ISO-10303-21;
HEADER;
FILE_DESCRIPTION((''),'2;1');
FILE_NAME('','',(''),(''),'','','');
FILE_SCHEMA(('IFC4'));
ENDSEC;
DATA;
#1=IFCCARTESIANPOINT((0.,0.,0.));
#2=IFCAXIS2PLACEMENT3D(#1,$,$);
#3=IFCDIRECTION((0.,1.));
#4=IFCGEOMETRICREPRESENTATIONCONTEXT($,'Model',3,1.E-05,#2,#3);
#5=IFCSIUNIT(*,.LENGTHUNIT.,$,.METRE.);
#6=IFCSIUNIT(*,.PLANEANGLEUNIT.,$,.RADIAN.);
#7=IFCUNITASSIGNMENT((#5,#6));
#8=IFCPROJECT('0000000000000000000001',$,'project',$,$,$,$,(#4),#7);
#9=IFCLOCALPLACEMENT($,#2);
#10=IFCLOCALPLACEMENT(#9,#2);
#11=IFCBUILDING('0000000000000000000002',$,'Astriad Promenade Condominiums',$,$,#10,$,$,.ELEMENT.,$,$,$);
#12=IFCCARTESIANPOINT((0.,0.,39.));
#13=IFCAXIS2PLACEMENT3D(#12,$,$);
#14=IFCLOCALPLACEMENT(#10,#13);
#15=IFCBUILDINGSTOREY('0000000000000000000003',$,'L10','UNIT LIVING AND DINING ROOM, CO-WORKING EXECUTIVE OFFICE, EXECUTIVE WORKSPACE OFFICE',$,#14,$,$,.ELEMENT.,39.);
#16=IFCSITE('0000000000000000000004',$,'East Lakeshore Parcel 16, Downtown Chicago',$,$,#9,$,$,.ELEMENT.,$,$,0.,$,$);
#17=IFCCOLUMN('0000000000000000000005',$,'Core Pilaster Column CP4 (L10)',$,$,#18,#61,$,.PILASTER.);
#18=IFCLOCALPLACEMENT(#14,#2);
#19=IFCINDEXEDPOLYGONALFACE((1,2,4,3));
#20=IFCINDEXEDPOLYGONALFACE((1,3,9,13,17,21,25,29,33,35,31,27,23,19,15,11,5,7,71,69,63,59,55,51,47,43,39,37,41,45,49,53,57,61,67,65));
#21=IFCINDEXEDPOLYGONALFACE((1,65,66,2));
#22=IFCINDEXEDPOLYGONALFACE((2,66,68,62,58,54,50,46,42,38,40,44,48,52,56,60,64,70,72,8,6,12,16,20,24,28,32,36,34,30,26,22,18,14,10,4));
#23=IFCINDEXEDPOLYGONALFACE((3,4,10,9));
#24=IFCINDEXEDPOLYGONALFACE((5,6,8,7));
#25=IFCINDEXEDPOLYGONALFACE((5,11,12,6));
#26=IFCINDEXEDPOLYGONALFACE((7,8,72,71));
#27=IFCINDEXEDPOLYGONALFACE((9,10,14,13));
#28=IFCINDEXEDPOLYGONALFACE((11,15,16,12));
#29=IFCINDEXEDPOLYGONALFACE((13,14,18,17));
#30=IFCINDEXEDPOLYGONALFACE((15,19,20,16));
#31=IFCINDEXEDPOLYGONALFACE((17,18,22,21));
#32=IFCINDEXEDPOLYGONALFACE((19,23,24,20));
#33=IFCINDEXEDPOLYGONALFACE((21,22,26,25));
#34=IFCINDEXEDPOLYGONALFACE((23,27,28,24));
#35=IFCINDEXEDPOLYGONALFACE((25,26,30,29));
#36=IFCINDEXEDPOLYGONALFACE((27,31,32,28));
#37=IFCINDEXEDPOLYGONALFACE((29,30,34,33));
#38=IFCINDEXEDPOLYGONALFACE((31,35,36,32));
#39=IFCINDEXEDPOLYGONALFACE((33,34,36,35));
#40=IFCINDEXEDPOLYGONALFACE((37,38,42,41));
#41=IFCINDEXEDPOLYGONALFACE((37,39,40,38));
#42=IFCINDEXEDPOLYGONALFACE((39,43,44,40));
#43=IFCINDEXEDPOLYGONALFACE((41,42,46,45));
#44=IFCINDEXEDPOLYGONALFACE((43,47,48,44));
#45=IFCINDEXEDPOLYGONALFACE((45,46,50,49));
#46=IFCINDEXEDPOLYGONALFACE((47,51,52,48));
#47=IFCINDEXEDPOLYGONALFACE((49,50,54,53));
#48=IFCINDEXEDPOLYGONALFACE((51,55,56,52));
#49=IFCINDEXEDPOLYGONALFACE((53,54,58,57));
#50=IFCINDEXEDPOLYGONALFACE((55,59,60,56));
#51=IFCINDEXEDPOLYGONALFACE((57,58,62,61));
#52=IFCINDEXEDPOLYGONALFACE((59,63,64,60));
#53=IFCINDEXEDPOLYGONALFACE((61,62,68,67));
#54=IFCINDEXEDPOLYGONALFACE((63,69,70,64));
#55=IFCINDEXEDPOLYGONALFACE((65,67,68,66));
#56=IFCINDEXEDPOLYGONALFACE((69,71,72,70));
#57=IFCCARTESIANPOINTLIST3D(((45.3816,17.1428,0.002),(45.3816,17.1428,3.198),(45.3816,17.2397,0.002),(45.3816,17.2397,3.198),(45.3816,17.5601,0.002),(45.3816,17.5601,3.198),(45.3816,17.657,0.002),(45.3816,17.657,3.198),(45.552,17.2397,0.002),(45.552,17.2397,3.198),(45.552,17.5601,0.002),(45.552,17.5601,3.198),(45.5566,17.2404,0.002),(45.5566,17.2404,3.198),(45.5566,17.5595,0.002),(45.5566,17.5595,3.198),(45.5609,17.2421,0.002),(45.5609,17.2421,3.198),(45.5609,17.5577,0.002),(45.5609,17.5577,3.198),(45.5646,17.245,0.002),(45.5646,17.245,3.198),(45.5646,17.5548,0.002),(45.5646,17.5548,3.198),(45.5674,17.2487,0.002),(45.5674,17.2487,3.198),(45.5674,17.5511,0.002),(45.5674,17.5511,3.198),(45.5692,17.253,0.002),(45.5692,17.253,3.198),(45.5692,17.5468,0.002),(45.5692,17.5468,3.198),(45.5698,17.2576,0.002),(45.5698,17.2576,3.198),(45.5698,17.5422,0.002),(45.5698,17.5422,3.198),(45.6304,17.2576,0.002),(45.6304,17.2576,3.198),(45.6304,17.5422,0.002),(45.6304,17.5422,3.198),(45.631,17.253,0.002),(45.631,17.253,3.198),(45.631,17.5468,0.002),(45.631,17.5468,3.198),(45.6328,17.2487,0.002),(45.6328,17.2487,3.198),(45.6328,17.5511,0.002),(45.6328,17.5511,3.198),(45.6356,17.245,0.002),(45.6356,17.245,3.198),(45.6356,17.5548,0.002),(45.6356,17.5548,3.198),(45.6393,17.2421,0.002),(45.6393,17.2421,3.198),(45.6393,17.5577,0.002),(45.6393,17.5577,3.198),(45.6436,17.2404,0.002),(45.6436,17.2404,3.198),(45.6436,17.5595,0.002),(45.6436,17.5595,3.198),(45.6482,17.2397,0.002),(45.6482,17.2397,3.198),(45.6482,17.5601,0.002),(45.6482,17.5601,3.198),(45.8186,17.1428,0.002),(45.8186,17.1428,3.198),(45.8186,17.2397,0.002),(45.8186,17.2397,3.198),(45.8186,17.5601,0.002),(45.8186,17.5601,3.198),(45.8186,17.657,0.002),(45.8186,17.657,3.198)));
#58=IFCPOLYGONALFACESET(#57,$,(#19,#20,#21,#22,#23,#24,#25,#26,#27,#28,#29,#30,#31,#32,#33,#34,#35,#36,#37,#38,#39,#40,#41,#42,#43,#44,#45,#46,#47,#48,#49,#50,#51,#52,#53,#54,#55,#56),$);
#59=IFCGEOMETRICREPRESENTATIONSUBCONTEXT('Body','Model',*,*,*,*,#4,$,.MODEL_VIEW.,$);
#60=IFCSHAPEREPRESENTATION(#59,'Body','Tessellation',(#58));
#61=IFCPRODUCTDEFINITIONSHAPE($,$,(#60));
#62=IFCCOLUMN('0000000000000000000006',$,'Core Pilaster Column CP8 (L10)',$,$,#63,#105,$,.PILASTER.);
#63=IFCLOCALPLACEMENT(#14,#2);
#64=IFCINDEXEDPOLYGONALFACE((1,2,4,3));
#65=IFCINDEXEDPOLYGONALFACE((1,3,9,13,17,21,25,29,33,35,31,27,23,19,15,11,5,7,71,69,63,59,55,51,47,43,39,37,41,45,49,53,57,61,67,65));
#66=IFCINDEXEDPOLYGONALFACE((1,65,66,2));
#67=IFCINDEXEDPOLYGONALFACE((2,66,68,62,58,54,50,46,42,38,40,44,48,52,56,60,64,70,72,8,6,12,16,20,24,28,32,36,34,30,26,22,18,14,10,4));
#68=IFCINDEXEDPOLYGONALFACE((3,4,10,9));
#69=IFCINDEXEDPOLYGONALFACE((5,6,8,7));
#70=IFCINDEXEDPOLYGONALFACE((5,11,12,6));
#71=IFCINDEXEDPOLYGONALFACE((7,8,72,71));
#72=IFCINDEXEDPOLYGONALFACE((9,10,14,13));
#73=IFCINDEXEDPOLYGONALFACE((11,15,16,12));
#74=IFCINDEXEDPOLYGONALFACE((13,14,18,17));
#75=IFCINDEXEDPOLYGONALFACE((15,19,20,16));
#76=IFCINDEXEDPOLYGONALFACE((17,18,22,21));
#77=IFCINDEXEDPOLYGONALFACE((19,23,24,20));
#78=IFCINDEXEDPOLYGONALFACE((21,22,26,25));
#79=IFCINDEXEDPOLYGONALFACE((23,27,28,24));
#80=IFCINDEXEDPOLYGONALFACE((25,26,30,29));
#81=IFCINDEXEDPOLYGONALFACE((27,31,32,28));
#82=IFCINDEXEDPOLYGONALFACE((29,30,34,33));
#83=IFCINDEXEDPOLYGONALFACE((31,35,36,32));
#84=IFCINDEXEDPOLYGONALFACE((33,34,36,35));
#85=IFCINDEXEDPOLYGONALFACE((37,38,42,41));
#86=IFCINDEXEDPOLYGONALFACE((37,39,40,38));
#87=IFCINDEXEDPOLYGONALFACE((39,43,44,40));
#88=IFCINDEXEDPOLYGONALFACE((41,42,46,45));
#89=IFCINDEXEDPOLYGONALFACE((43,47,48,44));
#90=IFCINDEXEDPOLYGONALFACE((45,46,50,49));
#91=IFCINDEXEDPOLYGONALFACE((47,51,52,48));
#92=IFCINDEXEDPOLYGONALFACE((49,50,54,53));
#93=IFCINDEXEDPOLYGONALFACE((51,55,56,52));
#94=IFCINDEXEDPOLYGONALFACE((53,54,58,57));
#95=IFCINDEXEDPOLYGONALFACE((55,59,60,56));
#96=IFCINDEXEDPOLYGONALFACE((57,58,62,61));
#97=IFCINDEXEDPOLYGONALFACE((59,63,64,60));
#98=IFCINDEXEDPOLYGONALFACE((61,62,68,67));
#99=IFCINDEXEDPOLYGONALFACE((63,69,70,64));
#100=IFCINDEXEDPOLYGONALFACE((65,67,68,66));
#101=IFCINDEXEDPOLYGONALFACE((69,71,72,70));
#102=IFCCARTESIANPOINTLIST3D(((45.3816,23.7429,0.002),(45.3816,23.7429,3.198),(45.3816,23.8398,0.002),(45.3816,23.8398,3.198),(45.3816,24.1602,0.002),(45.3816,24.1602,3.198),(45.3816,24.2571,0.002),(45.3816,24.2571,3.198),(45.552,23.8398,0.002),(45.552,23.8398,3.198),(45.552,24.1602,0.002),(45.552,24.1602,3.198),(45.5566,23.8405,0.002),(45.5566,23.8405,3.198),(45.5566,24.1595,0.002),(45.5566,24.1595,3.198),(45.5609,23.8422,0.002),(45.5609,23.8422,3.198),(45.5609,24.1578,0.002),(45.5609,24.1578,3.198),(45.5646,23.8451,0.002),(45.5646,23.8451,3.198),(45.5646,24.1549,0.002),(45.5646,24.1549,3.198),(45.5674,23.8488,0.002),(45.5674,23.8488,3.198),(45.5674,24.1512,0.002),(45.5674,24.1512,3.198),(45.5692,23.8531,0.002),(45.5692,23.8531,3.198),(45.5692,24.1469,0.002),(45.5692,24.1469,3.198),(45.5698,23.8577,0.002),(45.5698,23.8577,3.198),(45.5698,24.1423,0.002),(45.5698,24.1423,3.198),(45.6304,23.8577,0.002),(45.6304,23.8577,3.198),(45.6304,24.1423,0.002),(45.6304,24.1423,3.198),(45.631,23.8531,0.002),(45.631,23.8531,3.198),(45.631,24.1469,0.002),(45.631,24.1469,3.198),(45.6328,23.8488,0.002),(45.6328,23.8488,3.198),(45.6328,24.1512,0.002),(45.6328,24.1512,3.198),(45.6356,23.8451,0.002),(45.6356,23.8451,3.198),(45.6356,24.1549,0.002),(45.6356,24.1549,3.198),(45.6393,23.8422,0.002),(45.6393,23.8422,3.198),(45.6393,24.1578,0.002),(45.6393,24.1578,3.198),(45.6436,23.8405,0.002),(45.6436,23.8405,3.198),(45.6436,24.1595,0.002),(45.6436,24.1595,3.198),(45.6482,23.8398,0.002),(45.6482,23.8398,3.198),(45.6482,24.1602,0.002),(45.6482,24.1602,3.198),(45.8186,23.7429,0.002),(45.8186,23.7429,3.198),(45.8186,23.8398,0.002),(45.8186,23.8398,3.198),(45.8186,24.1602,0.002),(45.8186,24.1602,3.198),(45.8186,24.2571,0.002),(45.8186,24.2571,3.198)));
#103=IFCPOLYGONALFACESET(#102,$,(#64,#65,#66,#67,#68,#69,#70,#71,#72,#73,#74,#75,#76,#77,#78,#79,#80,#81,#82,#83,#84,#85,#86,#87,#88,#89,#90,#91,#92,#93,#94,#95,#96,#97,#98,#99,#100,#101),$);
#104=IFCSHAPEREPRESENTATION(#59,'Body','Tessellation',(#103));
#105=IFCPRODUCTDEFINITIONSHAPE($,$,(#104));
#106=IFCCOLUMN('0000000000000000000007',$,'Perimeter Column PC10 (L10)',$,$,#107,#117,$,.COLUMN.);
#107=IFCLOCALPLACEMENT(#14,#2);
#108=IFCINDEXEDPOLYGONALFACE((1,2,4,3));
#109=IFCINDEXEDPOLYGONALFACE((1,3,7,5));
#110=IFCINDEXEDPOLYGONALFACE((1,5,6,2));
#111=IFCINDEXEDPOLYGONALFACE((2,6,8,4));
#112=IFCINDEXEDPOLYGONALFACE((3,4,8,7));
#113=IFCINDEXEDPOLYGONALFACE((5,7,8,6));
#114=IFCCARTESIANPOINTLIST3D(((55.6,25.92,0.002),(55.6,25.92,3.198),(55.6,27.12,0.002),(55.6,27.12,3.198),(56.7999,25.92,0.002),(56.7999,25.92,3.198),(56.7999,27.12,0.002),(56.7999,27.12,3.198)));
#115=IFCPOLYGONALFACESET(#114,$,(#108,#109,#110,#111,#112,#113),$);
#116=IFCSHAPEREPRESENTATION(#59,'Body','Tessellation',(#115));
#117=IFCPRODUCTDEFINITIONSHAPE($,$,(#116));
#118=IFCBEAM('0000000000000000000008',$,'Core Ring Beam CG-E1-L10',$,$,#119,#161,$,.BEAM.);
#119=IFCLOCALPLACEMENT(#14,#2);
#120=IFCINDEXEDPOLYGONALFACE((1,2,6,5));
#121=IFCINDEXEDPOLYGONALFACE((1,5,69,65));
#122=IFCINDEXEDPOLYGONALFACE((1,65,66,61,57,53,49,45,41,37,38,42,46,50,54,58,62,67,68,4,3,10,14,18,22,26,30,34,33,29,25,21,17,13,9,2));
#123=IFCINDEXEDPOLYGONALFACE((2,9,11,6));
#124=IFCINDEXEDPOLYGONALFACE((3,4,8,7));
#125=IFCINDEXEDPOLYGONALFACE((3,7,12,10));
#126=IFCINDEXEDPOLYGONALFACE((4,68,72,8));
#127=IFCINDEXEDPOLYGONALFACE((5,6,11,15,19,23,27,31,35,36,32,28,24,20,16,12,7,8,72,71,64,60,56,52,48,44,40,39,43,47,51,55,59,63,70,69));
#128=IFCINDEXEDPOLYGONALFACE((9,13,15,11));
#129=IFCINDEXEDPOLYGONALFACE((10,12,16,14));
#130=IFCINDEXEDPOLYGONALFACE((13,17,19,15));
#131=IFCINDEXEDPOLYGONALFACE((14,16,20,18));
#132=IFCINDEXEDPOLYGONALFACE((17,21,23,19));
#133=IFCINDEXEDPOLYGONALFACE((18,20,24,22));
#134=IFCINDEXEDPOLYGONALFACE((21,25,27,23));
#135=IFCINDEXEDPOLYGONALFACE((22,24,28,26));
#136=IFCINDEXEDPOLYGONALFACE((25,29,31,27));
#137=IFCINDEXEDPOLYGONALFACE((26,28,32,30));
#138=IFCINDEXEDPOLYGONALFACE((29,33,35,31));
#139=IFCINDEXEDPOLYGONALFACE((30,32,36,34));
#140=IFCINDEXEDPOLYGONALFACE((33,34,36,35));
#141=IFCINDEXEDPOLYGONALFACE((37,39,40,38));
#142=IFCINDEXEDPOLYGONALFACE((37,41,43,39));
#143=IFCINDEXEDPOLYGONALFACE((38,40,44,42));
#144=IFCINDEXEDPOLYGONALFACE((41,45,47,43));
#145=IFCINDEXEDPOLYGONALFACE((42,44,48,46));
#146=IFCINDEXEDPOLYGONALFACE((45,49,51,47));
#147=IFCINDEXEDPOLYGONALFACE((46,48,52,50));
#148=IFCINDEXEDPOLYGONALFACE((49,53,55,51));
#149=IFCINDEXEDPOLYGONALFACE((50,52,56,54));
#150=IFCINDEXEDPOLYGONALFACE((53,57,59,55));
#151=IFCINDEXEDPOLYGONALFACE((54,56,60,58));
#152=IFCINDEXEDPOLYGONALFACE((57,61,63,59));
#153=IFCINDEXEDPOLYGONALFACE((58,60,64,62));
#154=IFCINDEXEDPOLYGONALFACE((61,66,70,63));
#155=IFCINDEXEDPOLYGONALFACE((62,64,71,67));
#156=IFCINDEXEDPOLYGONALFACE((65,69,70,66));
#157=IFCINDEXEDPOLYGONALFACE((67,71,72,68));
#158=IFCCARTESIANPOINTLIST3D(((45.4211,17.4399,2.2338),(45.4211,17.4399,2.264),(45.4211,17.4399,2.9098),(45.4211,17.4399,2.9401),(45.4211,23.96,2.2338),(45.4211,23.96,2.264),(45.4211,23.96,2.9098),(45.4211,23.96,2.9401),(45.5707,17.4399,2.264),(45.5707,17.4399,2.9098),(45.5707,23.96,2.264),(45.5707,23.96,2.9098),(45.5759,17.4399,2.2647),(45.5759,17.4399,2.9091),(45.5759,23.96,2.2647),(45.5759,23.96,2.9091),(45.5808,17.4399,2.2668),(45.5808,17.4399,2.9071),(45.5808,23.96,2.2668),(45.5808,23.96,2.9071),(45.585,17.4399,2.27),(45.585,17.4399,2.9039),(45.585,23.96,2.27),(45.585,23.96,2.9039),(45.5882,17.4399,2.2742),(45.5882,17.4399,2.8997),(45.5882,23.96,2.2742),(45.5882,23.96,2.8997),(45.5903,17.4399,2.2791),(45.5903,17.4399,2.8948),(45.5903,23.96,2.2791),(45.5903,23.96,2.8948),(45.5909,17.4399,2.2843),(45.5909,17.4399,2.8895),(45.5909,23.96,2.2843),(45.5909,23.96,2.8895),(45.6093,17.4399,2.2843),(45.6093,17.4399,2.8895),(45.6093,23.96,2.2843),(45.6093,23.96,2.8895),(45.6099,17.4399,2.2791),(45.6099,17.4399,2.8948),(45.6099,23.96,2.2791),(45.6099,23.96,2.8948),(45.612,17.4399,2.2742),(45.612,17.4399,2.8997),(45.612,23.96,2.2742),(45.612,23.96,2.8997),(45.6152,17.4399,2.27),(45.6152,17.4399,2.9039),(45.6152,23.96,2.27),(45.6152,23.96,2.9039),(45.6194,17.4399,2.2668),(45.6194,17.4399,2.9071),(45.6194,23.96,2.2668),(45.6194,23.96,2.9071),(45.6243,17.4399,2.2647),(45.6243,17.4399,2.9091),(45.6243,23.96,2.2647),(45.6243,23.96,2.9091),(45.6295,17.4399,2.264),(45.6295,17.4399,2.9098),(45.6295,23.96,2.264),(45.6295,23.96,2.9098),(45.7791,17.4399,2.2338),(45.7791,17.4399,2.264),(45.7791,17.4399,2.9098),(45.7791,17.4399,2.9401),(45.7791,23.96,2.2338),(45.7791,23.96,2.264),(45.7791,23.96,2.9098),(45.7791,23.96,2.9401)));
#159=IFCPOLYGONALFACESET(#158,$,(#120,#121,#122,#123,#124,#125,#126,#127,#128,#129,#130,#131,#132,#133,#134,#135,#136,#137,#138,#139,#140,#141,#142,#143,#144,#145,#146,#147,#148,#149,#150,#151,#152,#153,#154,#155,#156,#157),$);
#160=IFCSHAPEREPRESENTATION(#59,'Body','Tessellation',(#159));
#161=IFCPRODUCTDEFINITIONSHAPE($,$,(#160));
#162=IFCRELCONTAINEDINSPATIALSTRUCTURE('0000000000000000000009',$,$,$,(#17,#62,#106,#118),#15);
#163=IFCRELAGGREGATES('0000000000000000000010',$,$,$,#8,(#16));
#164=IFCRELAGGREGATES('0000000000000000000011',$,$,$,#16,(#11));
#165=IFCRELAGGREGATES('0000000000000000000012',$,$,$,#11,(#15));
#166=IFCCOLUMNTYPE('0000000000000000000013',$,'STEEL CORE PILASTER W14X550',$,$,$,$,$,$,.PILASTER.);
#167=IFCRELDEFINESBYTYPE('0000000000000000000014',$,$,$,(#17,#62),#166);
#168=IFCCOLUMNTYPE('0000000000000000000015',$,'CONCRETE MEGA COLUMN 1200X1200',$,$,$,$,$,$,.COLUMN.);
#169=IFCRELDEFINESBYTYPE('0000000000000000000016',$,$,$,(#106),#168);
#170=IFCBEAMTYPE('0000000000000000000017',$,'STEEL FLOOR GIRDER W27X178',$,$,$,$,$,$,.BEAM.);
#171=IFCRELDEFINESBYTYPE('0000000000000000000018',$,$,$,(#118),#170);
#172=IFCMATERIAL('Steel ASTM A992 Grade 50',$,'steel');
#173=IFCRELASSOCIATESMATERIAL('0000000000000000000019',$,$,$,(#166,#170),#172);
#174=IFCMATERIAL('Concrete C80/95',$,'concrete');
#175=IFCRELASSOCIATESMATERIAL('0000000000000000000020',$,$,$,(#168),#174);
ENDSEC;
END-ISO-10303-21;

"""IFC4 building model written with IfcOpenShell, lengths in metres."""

from ifc_helpers import new_model, si_unit, direction, frame, origin, origin_2d, place, context, subcontext, project, spatial, rectangle, i_section, extrude, source, transform, mapped, material, material_profile, profile_set, type_object, type_shapes, element, save


model = new_model("IFC4")

# Units and contexts
model_context = context("Model", 3, precision=1e-05, world=origin(), true_north=direction((0.0, 1.0)))
body_context = subcontext(model_context, "Body", "Model", "MODEL_VIEW")
ifc_project = project(units=[si_unit("LENGTHUNIT", "METRE"), si_unit("PLANEANGLEUNIT", "RADIAN")], contexts=[model_context])

# Site, building, storey
site_placement = place(None, origin())
site = spatial("IfcSite", under=ifc_project, at=site_placement, Name="East Lakeshore Parcel 16, Downtown Chicago", CompositionType="ELEMENT", RefElevation=0.0)
building_placement = place(site_placement, origin())
building = spatial("IfcBuilding", under=site, at=building_placement, Name="Astriad Promenade Condominiums", CompositionType="ELEMENT")
storey_placement = place(building_placement, frame((0.0, 0.0, 39.0)))
storey = spatial("IfcBuildingStorey", under=building, at=storey_placement, Name="L10", Description="UNIT LIVING AND DINING ROOM, CO-WORKING EXECUTIVE OFFICE, EXECUTIVE WORKSPACE OFFICE", CompositionType="ELEMENT", Elevation=39.0)

# Columns
ifc_material_1 = material(Name="Steel ASTM A992 Grade 50", Category="steel")
ifc_material_profile_1 = material_profile(ifc_material_1, i_section(OverallWidth=0.437, OverallDepth=0.5142, WebThickness=0.0605, FlangeThickness=0.0969, FilletRadius=0.0178, at=origin_2d()), Name="W14X550")
ifc_profile_set_1 = profile_set([ifc_material_profile_1], Name="Steel ASTM A992 Grade 50")
column_type_1 = type_object("IfcColumnType", Name="STEEL CORE PILASTER W14X550", PredefinedType="PILASTER", material=ifc_profile_set_1)
shared_shape_1 = source(origin(), body_context, "Body", "SweptSolid", [
    extrude(i_section(OverallWidth=0.437, OverallDepth=0.5142, WebThickness=0.0605, FlangeThickness=0.0969, FilletRadius=0.0178, at=origin_2d()), origin(), (0.0, 0.0, 1.0), 3.196),
])
type_shapes(column_type_1, [shared_shape_1])
for number, where, z_axis, x_axis, name in (
    (1, (45.6001, 17.3999, 0.002), (0.0, 0.0, 1.0), (1.0, 0.0, 0.0), "Core Pilaster Column CP4 (L10)"),
    (2, (45.6001, 24.0, 0.002), (0.0, 0.0, 1.0), (1.0, 0.0, 0.0), "Core Pilaster Column CP8 (L10)"),
):
    element("IfcColumn", number, at=place(storey_placement, frame(where, z_axis=z_axis, x_axis=x_axis)), inside=storey, type_object=column_type_1, Name=name, PredefinedType="PILASTER", context=body_context, shape_type="MappedRepresentation", body=[
        mapped(shared_shape_1, transform((0.0, 0.0, 0.0), scale=1.0)),
    ])
ifc_material_2 = material(Name="Concrete C80/95", Category="concrete")
ifc_material_profile_2 = material_profile(ifc_material_2, rectangle(XDim=1.2, YDim=1.2, at=origin_2d()), Name="RC-COL-1200X1200")
ifc_profile_set_2 = profile_set([ifc_material_profile_2], Name="Concrete C80/95")
column_type_2 = type_object("IfcColumnType", Name="CONCRETE MEGA COLUMN 1200X1200", PredefinedType="COLUMN", material=ifc_profile_set_2)
shared_shape_2 = source(origin(), body_context, "Body", "SweptSolid", [
    extrude(rectangle(XDim=1.2, YDim=1.2, at=origin_2d()), origin(), (0.0, 0.0, 1.0), 3.196),
])
type_shapes(column_type_2, [shared_shape_2])
column_placement = place(storey_placement, frame((56.2, 26.52, 0.002), z_axis=(0.0, 0.0, 1.0), x_axis=(1.0, 0.0, 0.0)))
element("IfcColumn", 3, at=column_placement, inside=storey, type_object=column_type_2, Name="Perimeter Column PC10 (L10)", PredefinedType="COLUMN", context=body_context, shape_type="MappedRepresentation", body=[
    mapped(shared_shape_2, transform((0.0, 0.0, 0.0), scale=1.0)),
])

# Beam
ifc_material_profile_3 = material_profile(ifc_material_1, i_section(OverallWidth=0.3579, OverallDepth=0.7063, WebThickness=0.0183, FlangeThickness=0.0303, FilletRadius=0.0203, at=origin_2d()), Name="W27X178")
ifc_profile_set_3 = profile_set([ifc_material_profile_3], Name="Steel ASTM A992 Grade 50")
beam_type_1 = type_object("IfcBeamType", Name="STEEL FLOOR GIRDER W27X178", PredefinedType="BEAM", material=ifc_profile_set_3)
shared_shape_3 = source(origin(), body_context, "Body", "SweptSolid", [
    extrude(i_section(OverallWidth=0.3579, OverallDepth=0.7063, WebThickness=0.0183, FlangeThickness=0.0303, FilletRadius=0.0203, at=origin_2d()), origin(), (0.0, 0.0, 1.0), 6.52),
])
type_shapes(beam_type_1, [shared_shape_3])
beam_1_placement = place(storey_placement, frame((45.6001, 17.4399, 2.5869), z_axis=(0.0, 1.0, 0.0), x_axis=(-1.0, 0.0, 0.0)))
element("IfcBeam", 4, at=beam_1_placement, inside=storey, type_object=beam_type_1, Name="Core Ring Beam CG-E1-L10", PredefinedType="BEAM", context=body_context, shape_type="MappedRepresentation", body=[
    mapped(shared_shape_3, transform((0.0, 0.0, 0.0), scale=1.0)),
])

save(model, "model.ifc")
